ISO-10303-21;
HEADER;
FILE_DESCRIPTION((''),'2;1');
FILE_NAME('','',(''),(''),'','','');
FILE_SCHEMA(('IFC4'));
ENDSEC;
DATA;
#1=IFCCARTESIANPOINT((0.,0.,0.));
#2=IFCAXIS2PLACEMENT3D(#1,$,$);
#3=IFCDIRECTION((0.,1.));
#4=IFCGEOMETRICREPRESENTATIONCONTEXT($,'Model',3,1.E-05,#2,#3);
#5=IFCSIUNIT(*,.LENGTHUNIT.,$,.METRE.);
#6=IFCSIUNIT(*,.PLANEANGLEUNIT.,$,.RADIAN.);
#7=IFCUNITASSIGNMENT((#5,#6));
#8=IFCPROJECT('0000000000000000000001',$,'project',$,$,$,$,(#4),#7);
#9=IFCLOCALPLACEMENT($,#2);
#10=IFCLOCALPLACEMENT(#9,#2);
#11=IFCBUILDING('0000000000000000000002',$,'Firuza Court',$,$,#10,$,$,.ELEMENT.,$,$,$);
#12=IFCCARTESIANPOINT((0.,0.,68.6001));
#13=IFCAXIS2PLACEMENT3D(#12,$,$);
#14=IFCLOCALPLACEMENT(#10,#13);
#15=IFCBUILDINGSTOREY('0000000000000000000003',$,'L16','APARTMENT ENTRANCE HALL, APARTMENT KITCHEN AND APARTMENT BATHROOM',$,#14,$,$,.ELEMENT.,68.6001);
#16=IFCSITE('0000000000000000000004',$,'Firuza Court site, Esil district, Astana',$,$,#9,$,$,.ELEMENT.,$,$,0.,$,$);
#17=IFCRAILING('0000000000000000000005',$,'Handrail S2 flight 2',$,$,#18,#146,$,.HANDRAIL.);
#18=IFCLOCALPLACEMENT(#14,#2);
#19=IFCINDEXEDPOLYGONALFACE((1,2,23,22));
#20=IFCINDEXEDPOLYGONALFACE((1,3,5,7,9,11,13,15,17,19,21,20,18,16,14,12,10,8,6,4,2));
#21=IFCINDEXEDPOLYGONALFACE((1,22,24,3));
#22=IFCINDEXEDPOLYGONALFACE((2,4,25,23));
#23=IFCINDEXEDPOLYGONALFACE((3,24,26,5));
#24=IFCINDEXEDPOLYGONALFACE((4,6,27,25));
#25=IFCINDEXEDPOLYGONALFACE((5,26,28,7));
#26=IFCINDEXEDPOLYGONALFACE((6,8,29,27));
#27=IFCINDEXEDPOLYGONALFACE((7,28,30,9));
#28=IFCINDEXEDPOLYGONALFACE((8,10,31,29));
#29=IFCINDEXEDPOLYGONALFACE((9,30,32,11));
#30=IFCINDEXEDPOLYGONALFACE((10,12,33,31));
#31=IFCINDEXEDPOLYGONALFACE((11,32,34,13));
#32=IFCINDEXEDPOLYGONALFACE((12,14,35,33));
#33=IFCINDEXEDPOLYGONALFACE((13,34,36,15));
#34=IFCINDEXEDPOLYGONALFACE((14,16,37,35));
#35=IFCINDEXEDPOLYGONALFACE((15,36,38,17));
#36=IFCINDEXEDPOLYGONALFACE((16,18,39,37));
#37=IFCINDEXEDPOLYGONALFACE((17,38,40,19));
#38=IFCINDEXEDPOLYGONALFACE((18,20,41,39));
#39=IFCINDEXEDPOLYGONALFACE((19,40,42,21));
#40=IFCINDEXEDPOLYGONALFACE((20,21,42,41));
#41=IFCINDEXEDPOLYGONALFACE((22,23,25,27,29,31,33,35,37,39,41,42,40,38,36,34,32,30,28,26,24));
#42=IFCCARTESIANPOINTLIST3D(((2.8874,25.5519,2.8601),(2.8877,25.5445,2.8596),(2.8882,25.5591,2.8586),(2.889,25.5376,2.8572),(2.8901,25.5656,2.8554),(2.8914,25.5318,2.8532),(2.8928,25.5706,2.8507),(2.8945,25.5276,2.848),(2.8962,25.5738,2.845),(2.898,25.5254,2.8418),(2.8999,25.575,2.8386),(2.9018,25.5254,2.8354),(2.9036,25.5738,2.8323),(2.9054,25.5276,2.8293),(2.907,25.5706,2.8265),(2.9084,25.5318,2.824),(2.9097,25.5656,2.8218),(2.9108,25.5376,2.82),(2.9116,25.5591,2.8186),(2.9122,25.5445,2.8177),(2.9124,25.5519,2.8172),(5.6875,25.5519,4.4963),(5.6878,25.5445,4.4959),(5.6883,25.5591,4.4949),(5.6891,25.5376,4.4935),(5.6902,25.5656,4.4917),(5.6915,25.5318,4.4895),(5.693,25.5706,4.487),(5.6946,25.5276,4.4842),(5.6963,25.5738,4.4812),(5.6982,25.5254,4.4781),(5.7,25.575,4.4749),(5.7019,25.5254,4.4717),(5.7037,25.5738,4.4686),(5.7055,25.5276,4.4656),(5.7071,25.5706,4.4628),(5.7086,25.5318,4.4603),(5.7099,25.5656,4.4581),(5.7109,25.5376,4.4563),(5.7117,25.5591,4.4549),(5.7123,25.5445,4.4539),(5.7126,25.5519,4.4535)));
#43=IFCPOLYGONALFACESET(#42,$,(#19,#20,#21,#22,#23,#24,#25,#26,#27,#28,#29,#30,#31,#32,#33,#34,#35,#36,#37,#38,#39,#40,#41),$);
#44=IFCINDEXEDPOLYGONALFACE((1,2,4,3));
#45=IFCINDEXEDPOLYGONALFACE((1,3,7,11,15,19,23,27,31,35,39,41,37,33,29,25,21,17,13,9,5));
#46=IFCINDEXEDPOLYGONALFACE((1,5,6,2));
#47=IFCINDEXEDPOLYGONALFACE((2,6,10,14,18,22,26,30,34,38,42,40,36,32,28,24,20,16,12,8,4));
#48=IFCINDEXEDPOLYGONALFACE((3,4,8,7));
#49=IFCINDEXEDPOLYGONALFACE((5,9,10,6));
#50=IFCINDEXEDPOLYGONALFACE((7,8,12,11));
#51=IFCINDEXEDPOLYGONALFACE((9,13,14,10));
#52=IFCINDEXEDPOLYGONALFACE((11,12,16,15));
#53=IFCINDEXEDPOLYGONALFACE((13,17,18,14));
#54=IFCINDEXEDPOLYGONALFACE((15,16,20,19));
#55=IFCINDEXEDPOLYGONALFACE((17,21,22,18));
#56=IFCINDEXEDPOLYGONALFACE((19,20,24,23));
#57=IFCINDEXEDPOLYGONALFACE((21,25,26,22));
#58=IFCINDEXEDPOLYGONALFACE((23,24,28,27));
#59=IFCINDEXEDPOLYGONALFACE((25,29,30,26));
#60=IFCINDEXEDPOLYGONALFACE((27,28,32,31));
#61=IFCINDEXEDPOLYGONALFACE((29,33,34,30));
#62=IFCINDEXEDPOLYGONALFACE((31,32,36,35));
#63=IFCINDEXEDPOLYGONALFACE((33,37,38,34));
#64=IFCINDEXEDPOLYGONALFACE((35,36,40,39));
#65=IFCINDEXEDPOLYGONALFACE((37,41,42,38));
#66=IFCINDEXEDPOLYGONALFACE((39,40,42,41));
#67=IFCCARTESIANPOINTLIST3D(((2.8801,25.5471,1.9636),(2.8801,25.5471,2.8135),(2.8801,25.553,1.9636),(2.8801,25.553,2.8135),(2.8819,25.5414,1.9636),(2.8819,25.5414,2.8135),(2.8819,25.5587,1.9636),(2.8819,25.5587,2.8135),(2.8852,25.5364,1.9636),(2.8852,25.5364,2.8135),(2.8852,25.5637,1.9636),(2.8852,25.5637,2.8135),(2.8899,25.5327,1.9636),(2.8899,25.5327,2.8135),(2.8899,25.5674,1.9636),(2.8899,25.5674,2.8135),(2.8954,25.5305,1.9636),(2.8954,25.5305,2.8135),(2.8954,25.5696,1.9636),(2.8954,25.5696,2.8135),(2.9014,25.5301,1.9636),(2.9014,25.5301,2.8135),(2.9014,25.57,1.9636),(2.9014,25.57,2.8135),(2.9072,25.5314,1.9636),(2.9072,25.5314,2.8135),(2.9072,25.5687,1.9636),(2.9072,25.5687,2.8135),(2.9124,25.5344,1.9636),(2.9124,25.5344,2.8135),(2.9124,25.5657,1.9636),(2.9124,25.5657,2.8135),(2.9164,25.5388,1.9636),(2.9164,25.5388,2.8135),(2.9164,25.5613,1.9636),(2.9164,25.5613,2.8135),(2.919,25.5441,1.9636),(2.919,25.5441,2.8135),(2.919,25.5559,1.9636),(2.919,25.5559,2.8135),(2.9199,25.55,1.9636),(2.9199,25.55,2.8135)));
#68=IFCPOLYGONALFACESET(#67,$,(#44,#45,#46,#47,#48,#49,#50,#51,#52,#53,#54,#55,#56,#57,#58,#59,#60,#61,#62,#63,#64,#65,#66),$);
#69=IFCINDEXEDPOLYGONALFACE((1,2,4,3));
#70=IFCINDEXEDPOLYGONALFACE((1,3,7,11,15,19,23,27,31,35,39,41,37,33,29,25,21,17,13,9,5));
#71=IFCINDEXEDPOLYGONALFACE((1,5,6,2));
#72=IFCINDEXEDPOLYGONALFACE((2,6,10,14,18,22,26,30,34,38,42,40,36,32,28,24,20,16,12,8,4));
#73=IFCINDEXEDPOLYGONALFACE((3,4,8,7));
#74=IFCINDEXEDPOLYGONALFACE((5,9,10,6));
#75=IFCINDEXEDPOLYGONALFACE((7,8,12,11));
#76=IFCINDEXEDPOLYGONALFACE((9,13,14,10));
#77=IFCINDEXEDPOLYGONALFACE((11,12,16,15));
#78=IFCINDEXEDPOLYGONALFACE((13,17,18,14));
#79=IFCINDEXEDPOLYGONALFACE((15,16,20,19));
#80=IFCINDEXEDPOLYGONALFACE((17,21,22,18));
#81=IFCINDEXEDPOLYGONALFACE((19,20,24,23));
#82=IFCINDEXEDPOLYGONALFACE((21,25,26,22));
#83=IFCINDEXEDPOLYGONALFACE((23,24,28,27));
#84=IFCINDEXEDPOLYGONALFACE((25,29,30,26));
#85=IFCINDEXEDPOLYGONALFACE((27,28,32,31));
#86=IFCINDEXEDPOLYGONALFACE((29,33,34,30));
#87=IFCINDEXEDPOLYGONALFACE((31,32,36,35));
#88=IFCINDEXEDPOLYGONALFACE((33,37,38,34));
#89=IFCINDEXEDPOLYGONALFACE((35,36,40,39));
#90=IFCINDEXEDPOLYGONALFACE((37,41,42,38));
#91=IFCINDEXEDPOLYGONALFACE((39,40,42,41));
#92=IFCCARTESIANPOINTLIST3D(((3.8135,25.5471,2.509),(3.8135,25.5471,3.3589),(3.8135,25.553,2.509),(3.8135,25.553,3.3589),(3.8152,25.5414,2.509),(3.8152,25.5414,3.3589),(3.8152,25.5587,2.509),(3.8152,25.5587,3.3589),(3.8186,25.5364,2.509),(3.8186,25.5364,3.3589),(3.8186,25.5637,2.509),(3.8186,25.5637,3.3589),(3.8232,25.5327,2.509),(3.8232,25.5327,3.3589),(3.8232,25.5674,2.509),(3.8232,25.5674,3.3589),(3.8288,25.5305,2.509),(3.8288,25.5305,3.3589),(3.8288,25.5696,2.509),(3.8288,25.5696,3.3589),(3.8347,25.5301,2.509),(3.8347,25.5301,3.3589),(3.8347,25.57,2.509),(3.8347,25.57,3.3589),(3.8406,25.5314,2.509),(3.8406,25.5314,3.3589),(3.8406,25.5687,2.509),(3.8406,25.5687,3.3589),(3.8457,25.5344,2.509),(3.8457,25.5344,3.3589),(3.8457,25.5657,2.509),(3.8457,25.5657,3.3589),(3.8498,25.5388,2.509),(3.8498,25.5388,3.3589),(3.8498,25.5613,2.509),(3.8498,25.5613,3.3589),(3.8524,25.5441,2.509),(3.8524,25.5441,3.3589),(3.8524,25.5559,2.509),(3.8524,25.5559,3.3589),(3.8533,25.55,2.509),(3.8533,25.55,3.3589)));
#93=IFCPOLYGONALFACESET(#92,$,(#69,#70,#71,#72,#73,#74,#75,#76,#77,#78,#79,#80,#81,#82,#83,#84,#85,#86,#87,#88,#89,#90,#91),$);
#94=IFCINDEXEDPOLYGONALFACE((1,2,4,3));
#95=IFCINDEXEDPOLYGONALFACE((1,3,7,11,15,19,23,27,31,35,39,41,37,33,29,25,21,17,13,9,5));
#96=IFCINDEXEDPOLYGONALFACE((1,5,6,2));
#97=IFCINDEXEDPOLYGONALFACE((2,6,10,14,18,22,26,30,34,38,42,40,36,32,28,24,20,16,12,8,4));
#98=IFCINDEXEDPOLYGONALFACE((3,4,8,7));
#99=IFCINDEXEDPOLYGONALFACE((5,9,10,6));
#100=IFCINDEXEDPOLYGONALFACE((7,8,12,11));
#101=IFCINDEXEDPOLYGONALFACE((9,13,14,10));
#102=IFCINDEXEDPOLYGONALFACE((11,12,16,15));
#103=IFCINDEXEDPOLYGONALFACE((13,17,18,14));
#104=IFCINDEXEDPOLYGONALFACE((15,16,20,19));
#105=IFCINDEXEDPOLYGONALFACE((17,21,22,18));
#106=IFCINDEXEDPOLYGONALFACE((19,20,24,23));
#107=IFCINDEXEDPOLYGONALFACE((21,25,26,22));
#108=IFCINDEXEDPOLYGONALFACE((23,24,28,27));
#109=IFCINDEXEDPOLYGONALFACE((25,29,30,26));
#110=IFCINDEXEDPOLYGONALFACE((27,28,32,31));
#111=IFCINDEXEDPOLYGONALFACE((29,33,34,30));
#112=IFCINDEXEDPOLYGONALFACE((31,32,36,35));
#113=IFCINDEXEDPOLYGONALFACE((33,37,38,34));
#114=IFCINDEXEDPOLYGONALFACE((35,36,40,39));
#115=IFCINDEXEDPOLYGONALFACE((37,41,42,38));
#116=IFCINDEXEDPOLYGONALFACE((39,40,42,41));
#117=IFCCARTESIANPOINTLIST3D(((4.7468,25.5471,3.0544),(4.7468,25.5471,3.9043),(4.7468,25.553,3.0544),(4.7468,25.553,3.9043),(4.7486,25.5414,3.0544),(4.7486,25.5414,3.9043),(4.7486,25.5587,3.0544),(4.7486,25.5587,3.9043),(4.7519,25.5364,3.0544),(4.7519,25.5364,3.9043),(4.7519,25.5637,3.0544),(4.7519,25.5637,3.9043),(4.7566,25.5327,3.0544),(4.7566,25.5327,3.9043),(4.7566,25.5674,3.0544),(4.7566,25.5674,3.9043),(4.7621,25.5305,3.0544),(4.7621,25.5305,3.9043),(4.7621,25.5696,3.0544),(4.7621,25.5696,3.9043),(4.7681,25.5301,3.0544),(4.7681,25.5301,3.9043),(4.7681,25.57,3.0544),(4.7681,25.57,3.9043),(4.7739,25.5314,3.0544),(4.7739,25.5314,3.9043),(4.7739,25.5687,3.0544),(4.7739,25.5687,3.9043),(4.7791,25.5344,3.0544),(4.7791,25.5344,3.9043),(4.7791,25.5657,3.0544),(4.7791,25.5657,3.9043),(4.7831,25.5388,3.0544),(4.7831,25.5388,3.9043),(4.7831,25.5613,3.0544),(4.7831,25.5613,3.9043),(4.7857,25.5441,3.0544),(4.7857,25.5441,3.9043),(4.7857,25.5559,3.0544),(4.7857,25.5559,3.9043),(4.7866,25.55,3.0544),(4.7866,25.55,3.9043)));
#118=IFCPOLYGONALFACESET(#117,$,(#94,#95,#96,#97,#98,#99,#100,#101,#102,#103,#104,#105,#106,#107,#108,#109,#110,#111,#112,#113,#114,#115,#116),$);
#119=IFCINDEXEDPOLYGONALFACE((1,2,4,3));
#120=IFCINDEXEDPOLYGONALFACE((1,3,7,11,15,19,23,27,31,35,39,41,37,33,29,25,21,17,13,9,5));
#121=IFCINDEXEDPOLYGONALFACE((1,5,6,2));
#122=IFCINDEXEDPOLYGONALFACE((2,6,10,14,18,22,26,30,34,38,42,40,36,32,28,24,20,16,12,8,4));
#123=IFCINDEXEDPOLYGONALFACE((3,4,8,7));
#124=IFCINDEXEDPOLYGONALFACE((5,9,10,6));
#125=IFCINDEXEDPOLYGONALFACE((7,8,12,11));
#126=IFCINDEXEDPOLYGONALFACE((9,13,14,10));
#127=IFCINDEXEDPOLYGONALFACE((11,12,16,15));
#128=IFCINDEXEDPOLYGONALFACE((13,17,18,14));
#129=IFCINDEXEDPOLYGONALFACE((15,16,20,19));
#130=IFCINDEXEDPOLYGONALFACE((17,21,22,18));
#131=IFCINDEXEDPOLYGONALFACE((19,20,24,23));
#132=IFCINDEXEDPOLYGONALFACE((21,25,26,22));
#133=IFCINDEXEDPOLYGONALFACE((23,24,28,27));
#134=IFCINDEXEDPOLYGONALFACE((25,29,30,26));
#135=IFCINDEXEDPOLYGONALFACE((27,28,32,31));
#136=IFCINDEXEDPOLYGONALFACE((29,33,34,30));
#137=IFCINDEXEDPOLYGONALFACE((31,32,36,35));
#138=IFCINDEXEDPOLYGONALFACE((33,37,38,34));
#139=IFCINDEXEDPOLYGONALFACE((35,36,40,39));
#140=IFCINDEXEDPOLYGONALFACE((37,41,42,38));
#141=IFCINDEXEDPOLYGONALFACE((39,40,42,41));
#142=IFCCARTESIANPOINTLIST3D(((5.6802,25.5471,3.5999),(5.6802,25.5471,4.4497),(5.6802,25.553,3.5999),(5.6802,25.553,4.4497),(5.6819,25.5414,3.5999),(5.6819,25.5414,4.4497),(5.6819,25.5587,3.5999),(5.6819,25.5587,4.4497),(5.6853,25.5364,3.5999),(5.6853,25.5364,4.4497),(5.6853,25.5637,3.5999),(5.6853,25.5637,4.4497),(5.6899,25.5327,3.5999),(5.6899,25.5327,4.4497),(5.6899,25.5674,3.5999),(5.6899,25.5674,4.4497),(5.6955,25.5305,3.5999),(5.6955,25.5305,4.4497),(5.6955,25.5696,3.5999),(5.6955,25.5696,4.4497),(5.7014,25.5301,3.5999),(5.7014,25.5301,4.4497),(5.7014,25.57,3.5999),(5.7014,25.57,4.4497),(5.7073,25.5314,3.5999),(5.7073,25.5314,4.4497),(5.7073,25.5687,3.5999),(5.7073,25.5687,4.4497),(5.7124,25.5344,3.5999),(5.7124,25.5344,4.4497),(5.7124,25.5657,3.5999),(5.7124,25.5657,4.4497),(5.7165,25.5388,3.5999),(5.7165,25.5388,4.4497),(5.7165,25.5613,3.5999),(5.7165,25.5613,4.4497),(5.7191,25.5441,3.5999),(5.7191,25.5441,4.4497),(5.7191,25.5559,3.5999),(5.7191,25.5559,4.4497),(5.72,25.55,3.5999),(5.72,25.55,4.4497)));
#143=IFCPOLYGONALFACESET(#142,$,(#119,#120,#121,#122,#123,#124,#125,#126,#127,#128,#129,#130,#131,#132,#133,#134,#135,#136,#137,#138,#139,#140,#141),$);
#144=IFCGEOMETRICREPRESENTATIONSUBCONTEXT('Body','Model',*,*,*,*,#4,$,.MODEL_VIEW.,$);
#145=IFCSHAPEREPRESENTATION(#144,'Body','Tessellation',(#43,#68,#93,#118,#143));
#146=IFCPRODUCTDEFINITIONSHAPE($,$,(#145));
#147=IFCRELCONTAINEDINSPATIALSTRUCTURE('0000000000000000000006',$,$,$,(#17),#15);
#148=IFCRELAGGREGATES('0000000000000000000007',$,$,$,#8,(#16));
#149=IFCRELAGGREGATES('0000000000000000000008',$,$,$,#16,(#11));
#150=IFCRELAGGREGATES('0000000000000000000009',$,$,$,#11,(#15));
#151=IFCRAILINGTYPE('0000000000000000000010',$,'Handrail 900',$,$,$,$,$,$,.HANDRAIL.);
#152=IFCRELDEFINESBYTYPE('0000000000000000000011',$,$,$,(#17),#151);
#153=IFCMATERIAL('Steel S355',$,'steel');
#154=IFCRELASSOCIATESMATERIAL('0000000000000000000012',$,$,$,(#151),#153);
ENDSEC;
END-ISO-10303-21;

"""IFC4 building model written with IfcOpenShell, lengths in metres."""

from ifc_helpers import new_model, si_unit, direction, frame, origin, origin_2d, place, context, subcontext, project, spatial, circle, extrude, material, type_object, element, save


model = new_model("IFC4")

# Units and contexts
model_context = context("Model", 3, precision=1e-05, world=origin(), true_north=direction((0.0, 1.0)))
body_context = subcontext(model_context, "Body", "Model", "MODEL_VIEW")
ifc_project = project(units=[si_unit("LENGTHUNIT", "METRE"), si_unit("PLANEANGLEUNIT", "RADIAN")], contexts=[model_context])

# Site, building, storey
site_placement = place(None, origin())
site = spatial("IfcSite", under=ifc_project, at=site_placement, Name="Firuza Court site, Esil district, Astana", CompositionType="ELEMENT", RefElevation=0.0)
building_placement = place(site_placement, origin())
building = spatial("IfcBuilding", under=site, at=building_placement, Name="Firuza Court", CompositionType="ELEMENT")
storey_placement = place(building_placement, frame((0.0, 0.0, 68.6001)))
storey = spatial("IfcBuildingStorey", under=building, at=storey_placement, Name="L16", Description="APARTMENT ENTRANCE HALL, APARTMENT KITCHEN AND APARTMENT BATHROOM", CompositionType="ELEMENT", Elevation=68.6001)

# Railing
ifc_material_1 = material(Name="Steel S355", Category="steel")
railing_type_1 = type_object("IfcRailingType", Name="Handrail 900", PredefinedType="HANDRAIL", material=ifc_material_1)
railing_1_placement = place(storey_placement, frame((2.8999, 25.55, 1.9636)))
element("IfcRailing", 1, at=railing_1_placement, inside=storey, type_object=railing_type_1, Name="Handrail S2 flight 2", PredefinedType="HANDRAIL", context=body_context, shape_type="SweptSolid", body=[
    extrude(circle(Radius=0.0249, at=origin_2d()), frame((0.0, 0.0, 0.875), z_axis=(0.863394, 0.0, 0.504531), x_axis=(0.0, 1.0, 0.0)), (0.0, 0.0, 1.0), 3.2432),
    extrude(circle(Radius=0.02, at=origin_2d()), origin(), (0.0, 0.0, 1.0), 0.8499),
    extrude(circle(Radius=0.02, at=origin_2d()), frame((0.9333, 0.0, 0.5454)), (0.0, 0.0, 1.0), 0.8499),
    extrude(circle(Radius=0.02, at=origin_2d()), frame((1.8667, 0.0, 1.0908)), (0.0, 0.0, 1.0), 0.8499),
    extrude(circle(Radius=0.02, at=origin_2d()), frame((2.8, 0.0, 1.6362)), (0.0, 0.0, 1.0), 0.8499),
])

save(model, "model.ifc")
